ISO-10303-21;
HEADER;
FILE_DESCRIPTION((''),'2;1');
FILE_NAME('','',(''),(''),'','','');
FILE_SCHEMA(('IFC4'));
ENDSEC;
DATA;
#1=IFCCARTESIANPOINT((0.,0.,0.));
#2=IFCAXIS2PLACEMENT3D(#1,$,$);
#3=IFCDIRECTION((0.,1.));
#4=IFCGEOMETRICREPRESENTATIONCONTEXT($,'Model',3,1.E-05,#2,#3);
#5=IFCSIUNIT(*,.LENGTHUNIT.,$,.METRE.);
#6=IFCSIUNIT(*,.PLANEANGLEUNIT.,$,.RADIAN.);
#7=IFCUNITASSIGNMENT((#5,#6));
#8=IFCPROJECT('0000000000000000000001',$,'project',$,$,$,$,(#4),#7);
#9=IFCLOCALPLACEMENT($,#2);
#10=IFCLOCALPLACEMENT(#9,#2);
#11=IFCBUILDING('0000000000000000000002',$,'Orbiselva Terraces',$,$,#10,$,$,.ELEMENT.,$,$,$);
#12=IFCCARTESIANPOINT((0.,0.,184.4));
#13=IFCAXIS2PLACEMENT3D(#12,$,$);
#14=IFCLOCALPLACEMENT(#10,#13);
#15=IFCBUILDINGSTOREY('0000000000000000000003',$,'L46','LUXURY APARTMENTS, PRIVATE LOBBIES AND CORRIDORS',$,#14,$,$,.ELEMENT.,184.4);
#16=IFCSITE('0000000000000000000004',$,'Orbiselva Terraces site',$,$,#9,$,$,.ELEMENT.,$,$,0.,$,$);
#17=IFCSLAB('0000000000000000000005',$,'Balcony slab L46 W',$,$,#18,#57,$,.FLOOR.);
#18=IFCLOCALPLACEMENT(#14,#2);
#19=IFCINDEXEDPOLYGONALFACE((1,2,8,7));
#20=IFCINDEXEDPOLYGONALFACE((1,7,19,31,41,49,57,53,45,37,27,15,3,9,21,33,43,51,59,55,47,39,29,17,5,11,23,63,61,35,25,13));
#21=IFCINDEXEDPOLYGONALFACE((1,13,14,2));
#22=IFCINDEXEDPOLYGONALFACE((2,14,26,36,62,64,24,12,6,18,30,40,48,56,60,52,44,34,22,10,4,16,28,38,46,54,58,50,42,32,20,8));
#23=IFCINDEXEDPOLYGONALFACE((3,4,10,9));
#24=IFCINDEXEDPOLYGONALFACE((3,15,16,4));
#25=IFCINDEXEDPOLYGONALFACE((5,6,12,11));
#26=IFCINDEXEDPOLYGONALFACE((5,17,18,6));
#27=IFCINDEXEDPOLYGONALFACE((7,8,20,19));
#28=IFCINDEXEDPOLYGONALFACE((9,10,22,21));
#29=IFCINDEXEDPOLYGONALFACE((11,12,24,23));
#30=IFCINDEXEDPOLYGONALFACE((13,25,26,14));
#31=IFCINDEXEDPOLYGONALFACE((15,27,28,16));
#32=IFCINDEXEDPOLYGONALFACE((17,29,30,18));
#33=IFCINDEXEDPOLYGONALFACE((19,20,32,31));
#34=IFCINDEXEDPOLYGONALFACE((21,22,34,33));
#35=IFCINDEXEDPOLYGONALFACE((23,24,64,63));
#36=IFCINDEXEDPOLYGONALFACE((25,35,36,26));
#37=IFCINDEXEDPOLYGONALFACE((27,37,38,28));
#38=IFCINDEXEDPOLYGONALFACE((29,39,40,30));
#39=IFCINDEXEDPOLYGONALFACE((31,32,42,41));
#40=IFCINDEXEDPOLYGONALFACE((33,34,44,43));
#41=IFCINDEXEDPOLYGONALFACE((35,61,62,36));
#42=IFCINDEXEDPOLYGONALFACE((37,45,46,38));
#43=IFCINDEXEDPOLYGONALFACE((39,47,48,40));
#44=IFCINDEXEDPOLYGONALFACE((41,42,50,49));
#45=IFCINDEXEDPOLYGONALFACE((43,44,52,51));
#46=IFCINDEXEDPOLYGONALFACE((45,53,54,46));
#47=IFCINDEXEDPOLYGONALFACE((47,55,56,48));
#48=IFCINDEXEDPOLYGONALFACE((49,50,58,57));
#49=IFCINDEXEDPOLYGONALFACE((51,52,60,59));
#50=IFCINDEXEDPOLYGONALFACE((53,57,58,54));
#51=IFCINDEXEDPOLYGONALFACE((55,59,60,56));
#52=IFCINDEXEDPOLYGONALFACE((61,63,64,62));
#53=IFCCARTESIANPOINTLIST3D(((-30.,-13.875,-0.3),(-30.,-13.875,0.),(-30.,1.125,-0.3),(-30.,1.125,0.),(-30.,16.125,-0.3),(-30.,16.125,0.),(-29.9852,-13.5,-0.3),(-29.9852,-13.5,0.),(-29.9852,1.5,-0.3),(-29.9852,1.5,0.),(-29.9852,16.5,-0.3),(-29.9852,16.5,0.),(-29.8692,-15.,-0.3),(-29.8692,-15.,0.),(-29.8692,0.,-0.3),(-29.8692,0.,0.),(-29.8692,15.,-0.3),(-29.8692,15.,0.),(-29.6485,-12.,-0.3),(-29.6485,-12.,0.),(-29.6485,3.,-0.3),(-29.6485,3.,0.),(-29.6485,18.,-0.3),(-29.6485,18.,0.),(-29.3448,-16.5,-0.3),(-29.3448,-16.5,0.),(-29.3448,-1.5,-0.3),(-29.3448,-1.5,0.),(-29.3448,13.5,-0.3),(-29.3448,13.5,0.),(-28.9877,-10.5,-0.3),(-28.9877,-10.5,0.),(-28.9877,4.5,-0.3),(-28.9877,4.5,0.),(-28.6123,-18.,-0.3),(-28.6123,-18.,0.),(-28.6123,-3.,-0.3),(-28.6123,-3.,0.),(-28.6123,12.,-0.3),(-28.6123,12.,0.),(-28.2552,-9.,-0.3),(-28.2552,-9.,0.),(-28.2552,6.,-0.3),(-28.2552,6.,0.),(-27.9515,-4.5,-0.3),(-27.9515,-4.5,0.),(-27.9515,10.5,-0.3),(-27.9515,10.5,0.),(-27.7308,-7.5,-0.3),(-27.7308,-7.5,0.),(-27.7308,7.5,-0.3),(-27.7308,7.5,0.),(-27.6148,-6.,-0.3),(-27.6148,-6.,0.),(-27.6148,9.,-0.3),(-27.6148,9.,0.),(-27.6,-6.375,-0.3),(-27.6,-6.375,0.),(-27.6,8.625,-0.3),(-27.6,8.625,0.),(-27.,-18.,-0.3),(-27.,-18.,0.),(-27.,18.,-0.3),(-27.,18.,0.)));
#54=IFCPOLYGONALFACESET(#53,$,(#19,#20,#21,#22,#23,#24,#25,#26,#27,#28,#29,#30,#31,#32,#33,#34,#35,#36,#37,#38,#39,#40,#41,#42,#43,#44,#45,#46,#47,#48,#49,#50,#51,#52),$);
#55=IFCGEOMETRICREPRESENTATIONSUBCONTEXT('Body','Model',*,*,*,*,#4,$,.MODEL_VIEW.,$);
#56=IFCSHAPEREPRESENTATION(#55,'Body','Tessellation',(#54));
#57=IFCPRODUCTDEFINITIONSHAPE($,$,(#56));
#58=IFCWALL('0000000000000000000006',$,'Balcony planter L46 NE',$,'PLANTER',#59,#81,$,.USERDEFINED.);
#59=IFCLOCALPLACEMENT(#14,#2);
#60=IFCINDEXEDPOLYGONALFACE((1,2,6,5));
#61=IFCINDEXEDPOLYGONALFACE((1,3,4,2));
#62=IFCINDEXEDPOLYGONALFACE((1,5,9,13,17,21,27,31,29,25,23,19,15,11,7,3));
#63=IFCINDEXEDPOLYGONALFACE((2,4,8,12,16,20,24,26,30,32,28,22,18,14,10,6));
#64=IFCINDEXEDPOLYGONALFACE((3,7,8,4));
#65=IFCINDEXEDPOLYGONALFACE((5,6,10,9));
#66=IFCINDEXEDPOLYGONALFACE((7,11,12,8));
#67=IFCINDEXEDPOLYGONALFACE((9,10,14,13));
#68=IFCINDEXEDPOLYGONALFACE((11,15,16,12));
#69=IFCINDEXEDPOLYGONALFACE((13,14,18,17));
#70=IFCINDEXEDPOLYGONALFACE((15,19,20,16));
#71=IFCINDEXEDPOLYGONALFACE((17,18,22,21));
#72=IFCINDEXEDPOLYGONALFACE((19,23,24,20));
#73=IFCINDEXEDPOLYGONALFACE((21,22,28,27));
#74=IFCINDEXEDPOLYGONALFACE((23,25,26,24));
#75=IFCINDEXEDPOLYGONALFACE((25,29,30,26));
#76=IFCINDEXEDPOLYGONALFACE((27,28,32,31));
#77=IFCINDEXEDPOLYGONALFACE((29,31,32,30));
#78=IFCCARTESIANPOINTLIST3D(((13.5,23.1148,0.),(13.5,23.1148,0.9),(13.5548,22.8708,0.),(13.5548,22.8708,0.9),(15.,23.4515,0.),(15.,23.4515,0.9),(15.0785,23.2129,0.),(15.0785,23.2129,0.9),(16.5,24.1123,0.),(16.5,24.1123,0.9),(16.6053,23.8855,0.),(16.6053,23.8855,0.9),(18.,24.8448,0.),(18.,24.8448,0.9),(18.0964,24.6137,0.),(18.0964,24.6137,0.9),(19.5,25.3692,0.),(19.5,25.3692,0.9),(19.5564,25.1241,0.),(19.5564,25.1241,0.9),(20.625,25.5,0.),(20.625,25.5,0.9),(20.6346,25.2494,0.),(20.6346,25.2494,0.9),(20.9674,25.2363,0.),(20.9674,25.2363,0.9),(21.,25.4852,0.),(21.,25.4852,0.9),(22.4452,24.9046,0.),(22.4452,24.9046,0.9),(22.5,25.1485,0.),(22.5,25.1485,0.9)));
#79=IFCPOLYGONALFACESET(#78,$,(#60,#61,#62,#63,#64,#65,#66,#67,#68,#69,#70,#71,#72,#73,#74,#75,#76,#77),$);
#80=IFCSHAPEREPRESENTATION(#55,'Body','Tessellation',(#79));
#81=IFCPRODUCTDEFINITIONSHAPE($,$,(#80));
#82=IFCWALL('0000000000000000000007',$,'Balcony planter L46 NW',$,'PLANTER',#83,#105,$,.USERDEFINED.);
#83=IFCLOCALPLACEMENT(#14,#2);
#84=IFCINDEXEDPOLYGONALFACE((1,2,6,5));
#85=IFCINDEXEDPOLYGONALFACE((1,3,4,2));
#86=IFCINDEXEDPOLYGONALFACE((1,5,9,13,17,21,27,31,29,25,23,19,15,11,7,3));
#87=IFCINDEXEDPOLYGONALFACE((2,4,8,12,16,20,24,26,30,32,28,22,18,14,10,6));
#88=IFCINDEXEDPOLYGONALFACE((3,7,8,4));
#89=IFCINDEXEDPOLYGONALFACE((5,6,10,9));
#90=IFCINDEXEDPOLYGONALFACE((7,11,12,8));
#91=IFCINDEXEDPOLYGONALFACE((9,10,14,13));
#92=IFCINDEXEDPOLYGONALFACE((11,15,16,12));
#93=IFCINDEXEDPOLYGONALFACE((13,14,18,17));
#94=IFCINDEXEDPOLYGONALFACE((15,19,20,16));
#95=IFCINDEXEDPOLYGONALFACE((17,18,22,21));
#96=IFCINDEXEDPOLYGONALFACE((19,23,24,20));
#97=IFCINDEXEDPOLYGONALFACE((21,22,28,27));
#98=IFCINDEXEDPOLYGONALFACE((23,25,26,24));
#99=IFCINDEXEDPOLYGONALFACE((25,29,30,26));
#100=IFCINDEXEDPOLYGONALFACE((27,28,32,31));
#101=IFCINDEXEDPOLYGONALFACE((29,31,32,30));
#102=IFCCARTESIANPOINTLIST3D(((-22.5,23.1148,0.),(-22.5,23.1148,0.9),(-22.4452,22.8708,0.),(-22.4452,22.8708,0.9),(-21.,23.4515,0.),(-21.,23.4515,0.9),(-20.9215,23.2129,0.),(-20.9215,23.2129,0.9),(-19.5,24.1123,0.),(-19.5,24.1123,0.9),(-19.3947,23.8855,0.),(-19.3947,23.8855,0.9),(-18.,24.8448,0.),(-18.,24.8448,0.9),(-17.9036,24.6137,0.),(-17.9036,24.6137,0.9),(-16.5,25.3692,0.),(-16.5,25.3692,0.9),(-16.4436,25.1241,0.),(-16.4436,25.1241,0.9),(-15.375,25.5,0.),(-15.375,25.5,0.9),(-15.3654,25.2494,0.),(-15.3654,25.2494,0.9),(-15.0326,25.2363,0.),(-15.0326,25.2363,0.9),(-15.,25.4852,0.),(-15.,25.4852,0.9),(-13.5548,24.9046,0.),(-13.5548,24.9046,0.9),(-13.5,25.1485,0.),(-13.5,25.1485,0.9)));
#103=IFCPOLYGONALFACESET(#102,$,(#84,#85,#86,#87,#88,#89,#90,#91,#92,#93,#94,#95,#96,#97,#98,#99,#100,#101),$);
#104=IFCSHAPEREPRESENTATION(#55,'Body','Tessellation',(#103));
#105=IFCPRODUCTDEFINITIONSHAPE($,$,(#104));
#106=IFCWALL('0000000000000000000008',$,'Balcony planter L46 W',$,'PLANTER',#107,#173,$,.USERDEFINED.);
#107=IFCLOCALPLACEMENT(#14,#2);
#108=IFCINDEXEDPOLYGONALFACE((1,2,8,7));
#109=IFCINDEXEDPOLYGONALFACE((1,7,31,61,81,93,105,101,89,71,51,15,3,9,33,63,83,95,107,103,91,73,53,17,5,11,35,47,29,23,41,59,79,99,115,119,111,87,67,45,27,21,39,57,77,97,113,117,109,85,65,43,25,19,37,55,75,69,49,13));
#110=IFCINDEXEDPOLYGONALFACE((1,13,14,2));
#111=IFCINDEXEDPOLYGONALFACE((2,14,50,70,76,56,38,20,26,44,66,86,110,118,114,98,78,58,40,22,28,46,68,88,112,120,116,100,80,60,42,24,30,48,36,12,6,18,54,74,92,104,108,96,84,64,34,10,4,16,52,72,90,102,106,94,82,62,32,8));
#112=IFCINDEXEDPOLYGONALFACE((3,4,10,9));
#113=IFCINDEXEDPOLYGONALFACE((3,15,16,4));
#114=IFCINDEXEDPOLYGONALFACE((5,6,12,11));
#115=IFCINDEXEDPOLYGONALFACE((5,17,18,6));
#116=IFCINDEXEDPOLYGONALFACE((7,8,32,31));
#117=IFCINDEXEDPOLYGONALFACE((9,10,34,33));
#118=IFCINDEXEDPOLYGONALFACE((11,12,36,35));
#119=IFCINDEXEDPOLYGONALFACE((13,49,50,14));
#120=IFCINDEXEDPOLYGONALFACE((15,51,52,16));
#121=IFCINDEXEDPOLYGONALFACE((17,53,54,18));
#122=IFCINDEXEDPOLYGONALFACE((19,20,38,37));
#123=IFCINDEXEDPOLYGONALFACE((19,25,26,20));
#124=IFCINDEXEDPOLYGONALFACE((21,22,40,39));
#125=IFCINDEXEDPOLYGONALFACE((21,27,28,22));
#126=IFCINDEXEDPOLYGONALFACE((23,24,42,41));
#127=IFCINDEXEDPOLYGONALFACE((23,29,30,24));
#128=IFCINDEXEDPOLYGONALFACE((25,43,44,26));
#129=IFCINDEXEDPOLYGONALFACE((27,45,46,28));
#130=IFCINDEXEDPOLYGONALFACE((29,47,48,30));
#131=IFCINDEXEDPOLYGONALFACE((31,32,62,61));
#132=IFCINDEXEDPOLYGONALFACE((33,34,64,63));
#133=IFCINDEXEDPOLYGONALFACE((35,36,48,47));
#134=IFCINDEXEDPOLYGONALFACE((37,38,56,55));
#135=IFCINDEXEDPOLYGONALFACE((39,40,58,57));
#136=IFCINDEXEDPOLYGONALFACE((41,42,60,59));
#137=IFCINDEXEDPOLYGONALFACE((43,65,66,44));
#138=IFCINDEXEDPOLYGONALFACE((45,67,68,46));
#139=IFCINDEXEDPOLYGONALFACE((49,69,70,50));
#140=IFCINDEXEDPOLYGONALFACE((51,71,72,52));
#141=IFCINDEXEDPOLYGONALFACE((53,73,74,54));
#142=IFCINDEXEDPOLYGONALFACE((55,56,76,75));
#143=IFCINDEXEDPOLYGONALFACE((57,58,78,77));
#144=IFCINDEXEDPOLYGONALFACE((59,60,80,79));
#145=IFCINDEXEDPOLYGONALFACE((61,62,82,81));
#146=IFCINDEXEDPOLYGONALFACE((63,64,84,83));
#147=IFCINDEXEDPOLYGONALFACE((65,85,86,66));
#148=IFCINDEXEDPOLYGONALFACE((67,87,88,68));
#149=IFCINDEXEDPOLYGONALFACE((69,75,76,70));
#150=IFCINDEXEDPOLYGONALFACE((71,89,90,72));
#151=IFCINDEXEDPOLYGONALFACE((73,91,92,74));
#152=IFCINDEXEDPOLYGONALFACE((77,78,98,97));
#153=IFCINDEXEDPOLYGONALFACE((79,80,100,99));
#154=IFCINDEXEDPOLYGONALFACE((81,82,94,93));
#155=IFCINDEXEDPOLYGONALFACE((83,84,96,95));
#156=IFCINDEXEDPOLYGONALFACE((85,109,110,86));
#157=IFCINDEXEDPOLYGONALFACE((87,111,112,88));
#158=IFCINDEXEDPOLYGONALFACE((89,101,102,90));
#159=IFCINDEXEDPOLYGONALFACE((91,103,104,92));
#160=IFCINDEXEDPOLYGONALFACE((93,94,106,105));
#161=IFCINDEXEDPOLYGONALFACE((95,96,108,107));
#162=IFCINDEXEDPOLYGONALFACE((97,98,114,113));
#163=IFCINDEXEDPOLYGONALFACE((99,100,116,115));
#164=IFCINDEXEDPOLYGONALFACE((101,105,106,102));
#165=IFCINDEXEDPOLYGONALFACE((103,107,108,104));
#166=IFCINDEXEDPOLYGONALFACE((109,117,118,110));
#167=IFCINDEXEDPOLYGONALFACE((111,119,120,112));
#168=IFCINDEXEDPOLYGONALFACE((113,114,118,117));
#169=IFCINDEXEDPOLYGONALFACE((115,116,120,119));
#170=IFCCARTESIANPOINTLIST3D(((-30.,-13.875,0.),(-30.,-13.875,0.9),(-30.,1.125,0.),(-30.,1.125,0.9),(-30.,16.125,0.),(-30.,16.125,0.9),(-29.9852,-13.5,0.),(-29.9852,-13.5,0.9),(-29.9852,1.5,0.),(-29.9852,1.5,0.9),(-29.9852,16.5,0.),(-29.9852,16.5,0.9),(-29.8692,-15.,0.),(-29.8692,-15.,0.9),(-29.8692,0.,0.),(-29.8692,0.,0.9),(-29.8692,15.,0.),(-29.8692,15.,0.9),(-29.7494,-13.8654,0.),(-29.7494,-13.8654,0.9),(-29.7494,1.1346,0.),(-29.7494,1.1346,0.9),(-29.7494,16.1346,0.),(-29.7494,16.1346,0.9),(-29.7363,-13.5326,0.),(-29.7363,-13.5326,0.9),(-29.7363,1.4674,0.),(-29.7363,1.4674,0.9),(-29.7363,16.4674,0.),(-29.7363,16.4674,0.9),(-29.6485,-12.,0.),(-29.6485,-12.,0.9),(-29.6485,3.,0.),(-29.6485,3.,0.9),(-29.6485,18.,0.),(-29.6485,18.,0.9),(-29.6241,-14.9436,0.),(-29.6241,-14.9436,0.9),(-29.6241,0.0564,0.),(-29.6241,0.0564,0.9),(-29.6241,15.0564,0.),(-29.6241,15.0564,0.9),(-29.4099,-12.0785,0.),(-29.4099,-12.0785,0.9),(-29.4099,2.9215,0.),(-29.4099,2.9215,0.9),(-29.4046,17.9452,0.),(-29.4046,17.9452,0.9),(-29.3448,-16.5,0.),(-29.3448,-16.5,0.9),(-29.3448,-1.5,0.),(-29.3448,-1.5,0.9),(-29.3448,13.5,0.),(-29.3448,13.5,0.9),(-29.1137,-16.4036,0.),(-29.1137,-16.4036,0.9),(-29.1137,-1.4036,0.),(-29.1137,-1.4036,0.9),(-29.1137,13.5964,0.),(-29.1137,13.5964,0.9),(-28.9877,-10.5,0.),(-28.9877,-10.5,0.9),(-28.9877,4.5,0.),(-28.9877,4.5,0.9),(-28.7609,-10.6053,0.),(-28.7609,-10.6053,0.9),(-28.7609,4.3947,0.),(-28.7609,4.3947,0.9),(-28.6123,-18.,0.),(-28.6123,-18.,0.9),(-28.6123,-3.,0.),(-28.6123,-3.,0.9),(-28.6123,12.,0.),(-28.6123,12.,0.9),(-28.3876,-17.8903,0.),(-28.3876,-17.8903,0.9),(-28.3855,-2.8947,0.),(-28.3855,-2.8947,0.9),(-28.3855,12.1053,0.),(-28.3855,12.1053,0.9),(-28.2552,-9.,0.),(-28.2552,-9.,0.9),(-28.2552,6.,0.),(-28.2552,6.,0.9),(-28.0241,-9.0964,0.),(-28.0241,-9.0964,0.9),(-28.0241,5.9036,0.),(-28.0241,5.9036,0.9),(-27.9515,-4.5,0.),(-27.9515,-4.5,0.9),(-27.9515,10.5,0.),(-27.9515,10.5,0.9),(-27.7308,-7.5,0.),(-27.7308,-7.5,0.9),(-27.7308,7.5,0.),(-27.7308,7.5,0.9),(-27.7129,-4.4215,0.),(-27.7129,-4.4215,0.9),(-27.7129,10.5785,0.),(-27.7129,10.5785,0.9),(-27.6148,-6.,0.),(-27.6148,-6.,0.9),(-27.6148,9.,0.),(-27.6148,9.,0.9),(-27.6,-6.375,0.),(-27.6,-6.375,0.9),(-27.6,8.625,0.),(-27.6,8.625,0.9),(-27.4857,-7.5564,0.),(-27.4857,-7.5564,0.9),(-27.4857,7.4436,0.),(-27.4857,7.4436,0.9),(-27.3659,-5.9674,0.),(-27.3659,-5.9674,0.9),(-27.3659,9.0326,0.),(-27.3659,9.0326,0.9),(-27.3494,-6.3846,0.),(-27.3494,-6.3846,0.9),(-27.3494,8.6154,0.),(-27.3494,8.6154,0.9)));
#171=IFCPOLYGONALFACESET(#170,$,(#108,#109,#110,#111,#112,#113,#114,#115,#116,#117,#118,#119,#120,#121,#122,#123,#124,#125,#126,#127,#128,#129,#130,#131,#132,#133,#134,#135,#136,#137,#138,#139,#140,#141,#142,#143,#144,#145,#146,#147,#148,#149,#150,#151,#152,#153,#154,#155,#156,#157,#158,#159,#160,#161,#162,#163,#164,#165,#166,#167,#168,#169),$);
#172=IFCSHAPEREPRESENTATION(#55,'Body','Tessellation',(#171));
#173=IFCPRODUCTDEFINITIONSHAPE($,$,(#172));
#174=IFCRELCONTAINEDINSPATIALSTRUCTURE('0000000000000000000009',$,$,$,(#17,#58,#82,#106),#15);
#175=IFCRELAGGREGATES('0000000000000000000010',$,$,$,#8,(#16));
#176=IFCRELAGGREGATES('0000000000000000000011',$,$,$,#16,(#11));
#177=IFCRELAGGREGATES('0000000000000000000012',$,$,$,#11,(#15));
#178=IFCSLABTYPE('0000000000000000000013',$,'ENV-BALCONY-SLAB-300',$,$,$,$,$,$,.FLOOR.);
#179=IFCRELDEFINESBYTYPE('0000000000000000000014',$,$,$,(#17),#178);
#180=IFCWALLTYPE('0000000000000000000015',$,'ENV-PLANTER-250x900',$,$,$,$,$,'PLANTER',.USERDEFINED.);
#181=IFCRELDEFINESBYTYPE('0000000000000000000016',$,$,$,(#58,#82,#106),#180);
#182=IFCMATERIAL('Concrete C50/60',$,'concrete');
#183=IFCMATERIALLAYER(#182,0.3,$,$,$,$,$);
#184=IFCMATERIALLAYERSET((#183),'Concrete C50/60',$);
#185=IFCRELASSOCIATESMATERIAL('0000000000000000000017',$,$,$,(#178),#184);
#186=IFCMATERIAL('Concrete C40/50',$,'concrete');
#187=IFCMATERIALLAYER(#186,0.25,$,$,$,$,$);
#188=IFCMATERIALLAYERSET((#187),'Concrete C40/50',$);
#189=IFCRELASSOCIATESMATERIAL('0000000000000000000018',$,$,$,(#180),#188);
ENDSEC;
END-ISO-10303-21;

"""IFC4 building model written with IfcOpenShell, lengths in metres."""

from ifc_helpers import new_model, si_unit, direction, frame, origin, place, context, subcontext, project, spatial, polyline, outline, extrude, material, layer, layer_set, type_object, element, save


model = new_model("IFC4")

# Units and contexts
model_context = context("Model", 3, precision=1e-05, world=origin(), true_north=direction((0.0, 1.0)))
body_context = subcontext(model_context, "Body", "Model", "MODEL_VIEW")
ifc_project = project(units=[si_unit("LENGTHUNIT", "METRE"), si_unit("PLANEANGLEUNIT", "RADIAN")], contexts=[model_context])

# Site, building, storey
site_placement = place(None, origin())
site = spatial("IfcSite", under=ifc_project, at=site_placement, Name="Orbiselva Terraces site", CompositionType="ELEMENT", RefElevation=0.0)
building_placement = place(site_placement, origin())
building = spatial("IfcBuilding", under=site, at=building_placement, Name="Orbiselva Terraces", CompositionType="ELEMENT")
storey_placement = place(building_placement, frame((0.0, 0.0, 184.4)))
storey = spatial("IfcBuildingStorey", under=building, at=storey_placement, Name="L46", Description="LUXURY APARTMENTS, PRIVATE LOBBIES AND CORRIDORS", CompositionType="ELEMENT", Elevation=184.4)

# Shared definitions
ifc_material_1 = material(Name="Concrete C40/50", Category="concrete")

# Slab
ifc_material_2 = material(Name="Concrete C50/60", Category="concrete")
ifc_layer_1 = layer(ifc_material_2, 0.3)
ifc_layer_set_1 = layer_set([ifc_layer_1], Name="Concrete C50/60")
slab_type_1 = type_object("IfcSlabType", Name="ENV-BALCONY-SLAB-300", PredefinedType="FLOOR", material=ifc_layer_set_1)
slab_1_placement = place(storey_placement, frame((0.0, 0.0, -0.3)))
element("IfcSlab", 1, at=slab_1_placement, inside=storey, type_object=slab_type_1, Name="Balcony slab L46 W", PredefinedType="FLOOR", context=body_context, shape_type="SweptSolid", body=[
    extrude(outline(polyline([(-29.6485, 18.0), (-29.9852, 16.5), (-30.0, 16.125), (-29.8692, 15.0), (-29.3448, 13.5), (-28.6123, 12.0), (-27.9515, 10.5), (-27.6148, 9.0), (-27.6, 8.625), (-27.7308, 7.5), (-28.2552, 6.0), (-28.9877, 4.5), (-29.6485, 3.0), (-29.9852, 1.5), (-30.0, 1.125), (-29.8692, 0.0), (-29.3448, -1.5), (-28.6123, -3.0), (-27.9515, -4.5), (-27.6148, -6.0), (-27.6, -6.375), (-27.7308, -7.5), (-28.2552, -9.0), (-28.9877, -10.5), (-29.6485, -12.0), (-29.9852, -13.5), (-30.0, -13.875), (-29.8692, -15.0), (-29.3448, -16.5), (-28.6123, -18.0), (-27.0, -18.0), (-27.0, 18.0), (-29.6485, 18.0)])), origin(), (0.0, 0.0, 1.0), 0.3),
])

# Walls
ifc_layer_2 = layer(ifc_material_1, 0.25)
ifc_layer_set_2 = layer_set([ifc_layer_2], Name="Concrete C40/50")
wall_type_1 = type_object("IfcWallType", Name="ENV-PLANTER-250x900", ElementType="PLANTER", PredefinedType="USERDEFINED", material=ifc_layer_set_2)
wall_1_placement = place(storey_placement, origin())
element("IfcWall", 2, at=wall_1_placement, inside=storey, type_object=wall_type_1, Name="Balcony planter L46 NE", ObjectType="PLANTER", PredefinedType="USERDEFINED", context=body_context, shape_type="SweptSolid", body=[
    extrude(outline(polyline([(22.5, 25.1485), (21.0, 25.4852), (20.625, 25.5), (19.5, 25.3692), (18.0, 24.8448), (16.5, 24.1123), (15.0, 23.4515), (13.5, 23.1148), (13.5548, 22.8708), (15.0785, 23.2129), (16.6053, 23.8855), (18.0964, 24.6137), (19.5564, 25.1241), (20.6346, 25.2494), (20.9674, 25.2363), (22.4452, 24.9046), (22.5, 25.1485)])), origin(), (0.0, 0.0, 1.0), 0.9),
])
wall_2_placement = place(storey_placement, origin())
element("IfcWall", 3, at=wall_2_placement, inside=storey, type_object=wall_type_1, Name="Balcony planter L46 NW", ObjectType="PLANTER", PredefinedType="USERDEFINED", context=body_context, shape_type="SweptSolid", body=[
    extrude(outline(polyline([(-13.5, 25.1485), (-15.0, 25.4852), (-15.375, 25.5), (-16.5, 25.3692), (-18.0, 24.8448), (-19.5, 24.1123), (-21.0, 23.4515), (-22.5, 23.1148), (-22.4452, 22.8708), (-20.9215, 23.2129), (-19.3947, 23.8855), (-17.9036, 24.6137), (-16.4436, 25.1241), (-15.3654, 25.2494), (-15.0326, 25.2363), (-13.5548, 24.9046), (-13.5, 25.1485)])), origin(), (0.0, 0.0, 1.0), 0.9),
])
wall_3_placement = place(storey_placement, origin())
element("IfcWall", 4, at=wall_3_placement, inside=storey, type_object=wall_type_1, Name="Balcony planter L46 W", ObjectType="PLANTER", PredefinedType="USERDEFINED", context=body_context, shape_type="SweptSolid", body=[
    extrude(outline(polyline([(-29.6485, 18.0), (-29.9852, 16.5), (-30.0, 16.125), (-29.8692, 15.0), (-29.3448, 13.5), (-28.6123, 12.0), (-27.9515, 10.5), (-27.6148, 9.0), (-27.6, 8.625), (-27.7308, 7.5), (-28.2552, 6.0), (-28.9877, 4.5), (-29.6485, 3.0), (-29.9852, 1.5), (-30.0, 1.125), (-29.8692, 0.0), (-29.3448, -1.5), (-28.6123, -3.0), (-27.9515, -4.5), (-27.6148, -6.0), (-27.6, -6.375), (-27.7308, -7.5), (-28.2552, -9.0), (-28.9877, -10.5), (-29.6485, -12.0), (-29.9852, -13.5), (-30.0, -13.875), (-29.8692, -15.0), (-29.3448, -16.5), (-28.6123, -18.0), (-28.3876, -17.8903), (-29.1137, -16.4036), (-29.6241, -14.9436), (-29.7494, -13.8654), (-29.7363, -13.5326), (-29.4099, -12.0785), (-28.7609, -10.6053), (-28.0241, -9.0964), (-27.4857, -7.5564), (-27.3494, -6.3846), (-27.3659, -5.9674), (-27.7129, -4.4215), (-28.3855, -2.8947), (-29.1137, -1.4036), (-29.6241, 0.0564), (-29.7494, 1.1346), (-29.7363, 1.4674), (-29.4099, 2.9215), (-28.7609, 4.3947), (-28.0241, 5.9036), (-27.4857, 7.4436), (-27.3494, 8.6154), (-27.3659, 9.0326), (-27.7129, 10.5785), (-28.3855, 12.1053), (-29.1137, 13.5964), (-29.6241, 15.0564), (-29.7494, 16.1346), (-29.7363, 16.4674), (-29.4046, 17.9452), (-29.6485, 18.0)])), origin(), (0.0, 0.0, 1.0), 0.9),
])

save(model, "model.ifc")
